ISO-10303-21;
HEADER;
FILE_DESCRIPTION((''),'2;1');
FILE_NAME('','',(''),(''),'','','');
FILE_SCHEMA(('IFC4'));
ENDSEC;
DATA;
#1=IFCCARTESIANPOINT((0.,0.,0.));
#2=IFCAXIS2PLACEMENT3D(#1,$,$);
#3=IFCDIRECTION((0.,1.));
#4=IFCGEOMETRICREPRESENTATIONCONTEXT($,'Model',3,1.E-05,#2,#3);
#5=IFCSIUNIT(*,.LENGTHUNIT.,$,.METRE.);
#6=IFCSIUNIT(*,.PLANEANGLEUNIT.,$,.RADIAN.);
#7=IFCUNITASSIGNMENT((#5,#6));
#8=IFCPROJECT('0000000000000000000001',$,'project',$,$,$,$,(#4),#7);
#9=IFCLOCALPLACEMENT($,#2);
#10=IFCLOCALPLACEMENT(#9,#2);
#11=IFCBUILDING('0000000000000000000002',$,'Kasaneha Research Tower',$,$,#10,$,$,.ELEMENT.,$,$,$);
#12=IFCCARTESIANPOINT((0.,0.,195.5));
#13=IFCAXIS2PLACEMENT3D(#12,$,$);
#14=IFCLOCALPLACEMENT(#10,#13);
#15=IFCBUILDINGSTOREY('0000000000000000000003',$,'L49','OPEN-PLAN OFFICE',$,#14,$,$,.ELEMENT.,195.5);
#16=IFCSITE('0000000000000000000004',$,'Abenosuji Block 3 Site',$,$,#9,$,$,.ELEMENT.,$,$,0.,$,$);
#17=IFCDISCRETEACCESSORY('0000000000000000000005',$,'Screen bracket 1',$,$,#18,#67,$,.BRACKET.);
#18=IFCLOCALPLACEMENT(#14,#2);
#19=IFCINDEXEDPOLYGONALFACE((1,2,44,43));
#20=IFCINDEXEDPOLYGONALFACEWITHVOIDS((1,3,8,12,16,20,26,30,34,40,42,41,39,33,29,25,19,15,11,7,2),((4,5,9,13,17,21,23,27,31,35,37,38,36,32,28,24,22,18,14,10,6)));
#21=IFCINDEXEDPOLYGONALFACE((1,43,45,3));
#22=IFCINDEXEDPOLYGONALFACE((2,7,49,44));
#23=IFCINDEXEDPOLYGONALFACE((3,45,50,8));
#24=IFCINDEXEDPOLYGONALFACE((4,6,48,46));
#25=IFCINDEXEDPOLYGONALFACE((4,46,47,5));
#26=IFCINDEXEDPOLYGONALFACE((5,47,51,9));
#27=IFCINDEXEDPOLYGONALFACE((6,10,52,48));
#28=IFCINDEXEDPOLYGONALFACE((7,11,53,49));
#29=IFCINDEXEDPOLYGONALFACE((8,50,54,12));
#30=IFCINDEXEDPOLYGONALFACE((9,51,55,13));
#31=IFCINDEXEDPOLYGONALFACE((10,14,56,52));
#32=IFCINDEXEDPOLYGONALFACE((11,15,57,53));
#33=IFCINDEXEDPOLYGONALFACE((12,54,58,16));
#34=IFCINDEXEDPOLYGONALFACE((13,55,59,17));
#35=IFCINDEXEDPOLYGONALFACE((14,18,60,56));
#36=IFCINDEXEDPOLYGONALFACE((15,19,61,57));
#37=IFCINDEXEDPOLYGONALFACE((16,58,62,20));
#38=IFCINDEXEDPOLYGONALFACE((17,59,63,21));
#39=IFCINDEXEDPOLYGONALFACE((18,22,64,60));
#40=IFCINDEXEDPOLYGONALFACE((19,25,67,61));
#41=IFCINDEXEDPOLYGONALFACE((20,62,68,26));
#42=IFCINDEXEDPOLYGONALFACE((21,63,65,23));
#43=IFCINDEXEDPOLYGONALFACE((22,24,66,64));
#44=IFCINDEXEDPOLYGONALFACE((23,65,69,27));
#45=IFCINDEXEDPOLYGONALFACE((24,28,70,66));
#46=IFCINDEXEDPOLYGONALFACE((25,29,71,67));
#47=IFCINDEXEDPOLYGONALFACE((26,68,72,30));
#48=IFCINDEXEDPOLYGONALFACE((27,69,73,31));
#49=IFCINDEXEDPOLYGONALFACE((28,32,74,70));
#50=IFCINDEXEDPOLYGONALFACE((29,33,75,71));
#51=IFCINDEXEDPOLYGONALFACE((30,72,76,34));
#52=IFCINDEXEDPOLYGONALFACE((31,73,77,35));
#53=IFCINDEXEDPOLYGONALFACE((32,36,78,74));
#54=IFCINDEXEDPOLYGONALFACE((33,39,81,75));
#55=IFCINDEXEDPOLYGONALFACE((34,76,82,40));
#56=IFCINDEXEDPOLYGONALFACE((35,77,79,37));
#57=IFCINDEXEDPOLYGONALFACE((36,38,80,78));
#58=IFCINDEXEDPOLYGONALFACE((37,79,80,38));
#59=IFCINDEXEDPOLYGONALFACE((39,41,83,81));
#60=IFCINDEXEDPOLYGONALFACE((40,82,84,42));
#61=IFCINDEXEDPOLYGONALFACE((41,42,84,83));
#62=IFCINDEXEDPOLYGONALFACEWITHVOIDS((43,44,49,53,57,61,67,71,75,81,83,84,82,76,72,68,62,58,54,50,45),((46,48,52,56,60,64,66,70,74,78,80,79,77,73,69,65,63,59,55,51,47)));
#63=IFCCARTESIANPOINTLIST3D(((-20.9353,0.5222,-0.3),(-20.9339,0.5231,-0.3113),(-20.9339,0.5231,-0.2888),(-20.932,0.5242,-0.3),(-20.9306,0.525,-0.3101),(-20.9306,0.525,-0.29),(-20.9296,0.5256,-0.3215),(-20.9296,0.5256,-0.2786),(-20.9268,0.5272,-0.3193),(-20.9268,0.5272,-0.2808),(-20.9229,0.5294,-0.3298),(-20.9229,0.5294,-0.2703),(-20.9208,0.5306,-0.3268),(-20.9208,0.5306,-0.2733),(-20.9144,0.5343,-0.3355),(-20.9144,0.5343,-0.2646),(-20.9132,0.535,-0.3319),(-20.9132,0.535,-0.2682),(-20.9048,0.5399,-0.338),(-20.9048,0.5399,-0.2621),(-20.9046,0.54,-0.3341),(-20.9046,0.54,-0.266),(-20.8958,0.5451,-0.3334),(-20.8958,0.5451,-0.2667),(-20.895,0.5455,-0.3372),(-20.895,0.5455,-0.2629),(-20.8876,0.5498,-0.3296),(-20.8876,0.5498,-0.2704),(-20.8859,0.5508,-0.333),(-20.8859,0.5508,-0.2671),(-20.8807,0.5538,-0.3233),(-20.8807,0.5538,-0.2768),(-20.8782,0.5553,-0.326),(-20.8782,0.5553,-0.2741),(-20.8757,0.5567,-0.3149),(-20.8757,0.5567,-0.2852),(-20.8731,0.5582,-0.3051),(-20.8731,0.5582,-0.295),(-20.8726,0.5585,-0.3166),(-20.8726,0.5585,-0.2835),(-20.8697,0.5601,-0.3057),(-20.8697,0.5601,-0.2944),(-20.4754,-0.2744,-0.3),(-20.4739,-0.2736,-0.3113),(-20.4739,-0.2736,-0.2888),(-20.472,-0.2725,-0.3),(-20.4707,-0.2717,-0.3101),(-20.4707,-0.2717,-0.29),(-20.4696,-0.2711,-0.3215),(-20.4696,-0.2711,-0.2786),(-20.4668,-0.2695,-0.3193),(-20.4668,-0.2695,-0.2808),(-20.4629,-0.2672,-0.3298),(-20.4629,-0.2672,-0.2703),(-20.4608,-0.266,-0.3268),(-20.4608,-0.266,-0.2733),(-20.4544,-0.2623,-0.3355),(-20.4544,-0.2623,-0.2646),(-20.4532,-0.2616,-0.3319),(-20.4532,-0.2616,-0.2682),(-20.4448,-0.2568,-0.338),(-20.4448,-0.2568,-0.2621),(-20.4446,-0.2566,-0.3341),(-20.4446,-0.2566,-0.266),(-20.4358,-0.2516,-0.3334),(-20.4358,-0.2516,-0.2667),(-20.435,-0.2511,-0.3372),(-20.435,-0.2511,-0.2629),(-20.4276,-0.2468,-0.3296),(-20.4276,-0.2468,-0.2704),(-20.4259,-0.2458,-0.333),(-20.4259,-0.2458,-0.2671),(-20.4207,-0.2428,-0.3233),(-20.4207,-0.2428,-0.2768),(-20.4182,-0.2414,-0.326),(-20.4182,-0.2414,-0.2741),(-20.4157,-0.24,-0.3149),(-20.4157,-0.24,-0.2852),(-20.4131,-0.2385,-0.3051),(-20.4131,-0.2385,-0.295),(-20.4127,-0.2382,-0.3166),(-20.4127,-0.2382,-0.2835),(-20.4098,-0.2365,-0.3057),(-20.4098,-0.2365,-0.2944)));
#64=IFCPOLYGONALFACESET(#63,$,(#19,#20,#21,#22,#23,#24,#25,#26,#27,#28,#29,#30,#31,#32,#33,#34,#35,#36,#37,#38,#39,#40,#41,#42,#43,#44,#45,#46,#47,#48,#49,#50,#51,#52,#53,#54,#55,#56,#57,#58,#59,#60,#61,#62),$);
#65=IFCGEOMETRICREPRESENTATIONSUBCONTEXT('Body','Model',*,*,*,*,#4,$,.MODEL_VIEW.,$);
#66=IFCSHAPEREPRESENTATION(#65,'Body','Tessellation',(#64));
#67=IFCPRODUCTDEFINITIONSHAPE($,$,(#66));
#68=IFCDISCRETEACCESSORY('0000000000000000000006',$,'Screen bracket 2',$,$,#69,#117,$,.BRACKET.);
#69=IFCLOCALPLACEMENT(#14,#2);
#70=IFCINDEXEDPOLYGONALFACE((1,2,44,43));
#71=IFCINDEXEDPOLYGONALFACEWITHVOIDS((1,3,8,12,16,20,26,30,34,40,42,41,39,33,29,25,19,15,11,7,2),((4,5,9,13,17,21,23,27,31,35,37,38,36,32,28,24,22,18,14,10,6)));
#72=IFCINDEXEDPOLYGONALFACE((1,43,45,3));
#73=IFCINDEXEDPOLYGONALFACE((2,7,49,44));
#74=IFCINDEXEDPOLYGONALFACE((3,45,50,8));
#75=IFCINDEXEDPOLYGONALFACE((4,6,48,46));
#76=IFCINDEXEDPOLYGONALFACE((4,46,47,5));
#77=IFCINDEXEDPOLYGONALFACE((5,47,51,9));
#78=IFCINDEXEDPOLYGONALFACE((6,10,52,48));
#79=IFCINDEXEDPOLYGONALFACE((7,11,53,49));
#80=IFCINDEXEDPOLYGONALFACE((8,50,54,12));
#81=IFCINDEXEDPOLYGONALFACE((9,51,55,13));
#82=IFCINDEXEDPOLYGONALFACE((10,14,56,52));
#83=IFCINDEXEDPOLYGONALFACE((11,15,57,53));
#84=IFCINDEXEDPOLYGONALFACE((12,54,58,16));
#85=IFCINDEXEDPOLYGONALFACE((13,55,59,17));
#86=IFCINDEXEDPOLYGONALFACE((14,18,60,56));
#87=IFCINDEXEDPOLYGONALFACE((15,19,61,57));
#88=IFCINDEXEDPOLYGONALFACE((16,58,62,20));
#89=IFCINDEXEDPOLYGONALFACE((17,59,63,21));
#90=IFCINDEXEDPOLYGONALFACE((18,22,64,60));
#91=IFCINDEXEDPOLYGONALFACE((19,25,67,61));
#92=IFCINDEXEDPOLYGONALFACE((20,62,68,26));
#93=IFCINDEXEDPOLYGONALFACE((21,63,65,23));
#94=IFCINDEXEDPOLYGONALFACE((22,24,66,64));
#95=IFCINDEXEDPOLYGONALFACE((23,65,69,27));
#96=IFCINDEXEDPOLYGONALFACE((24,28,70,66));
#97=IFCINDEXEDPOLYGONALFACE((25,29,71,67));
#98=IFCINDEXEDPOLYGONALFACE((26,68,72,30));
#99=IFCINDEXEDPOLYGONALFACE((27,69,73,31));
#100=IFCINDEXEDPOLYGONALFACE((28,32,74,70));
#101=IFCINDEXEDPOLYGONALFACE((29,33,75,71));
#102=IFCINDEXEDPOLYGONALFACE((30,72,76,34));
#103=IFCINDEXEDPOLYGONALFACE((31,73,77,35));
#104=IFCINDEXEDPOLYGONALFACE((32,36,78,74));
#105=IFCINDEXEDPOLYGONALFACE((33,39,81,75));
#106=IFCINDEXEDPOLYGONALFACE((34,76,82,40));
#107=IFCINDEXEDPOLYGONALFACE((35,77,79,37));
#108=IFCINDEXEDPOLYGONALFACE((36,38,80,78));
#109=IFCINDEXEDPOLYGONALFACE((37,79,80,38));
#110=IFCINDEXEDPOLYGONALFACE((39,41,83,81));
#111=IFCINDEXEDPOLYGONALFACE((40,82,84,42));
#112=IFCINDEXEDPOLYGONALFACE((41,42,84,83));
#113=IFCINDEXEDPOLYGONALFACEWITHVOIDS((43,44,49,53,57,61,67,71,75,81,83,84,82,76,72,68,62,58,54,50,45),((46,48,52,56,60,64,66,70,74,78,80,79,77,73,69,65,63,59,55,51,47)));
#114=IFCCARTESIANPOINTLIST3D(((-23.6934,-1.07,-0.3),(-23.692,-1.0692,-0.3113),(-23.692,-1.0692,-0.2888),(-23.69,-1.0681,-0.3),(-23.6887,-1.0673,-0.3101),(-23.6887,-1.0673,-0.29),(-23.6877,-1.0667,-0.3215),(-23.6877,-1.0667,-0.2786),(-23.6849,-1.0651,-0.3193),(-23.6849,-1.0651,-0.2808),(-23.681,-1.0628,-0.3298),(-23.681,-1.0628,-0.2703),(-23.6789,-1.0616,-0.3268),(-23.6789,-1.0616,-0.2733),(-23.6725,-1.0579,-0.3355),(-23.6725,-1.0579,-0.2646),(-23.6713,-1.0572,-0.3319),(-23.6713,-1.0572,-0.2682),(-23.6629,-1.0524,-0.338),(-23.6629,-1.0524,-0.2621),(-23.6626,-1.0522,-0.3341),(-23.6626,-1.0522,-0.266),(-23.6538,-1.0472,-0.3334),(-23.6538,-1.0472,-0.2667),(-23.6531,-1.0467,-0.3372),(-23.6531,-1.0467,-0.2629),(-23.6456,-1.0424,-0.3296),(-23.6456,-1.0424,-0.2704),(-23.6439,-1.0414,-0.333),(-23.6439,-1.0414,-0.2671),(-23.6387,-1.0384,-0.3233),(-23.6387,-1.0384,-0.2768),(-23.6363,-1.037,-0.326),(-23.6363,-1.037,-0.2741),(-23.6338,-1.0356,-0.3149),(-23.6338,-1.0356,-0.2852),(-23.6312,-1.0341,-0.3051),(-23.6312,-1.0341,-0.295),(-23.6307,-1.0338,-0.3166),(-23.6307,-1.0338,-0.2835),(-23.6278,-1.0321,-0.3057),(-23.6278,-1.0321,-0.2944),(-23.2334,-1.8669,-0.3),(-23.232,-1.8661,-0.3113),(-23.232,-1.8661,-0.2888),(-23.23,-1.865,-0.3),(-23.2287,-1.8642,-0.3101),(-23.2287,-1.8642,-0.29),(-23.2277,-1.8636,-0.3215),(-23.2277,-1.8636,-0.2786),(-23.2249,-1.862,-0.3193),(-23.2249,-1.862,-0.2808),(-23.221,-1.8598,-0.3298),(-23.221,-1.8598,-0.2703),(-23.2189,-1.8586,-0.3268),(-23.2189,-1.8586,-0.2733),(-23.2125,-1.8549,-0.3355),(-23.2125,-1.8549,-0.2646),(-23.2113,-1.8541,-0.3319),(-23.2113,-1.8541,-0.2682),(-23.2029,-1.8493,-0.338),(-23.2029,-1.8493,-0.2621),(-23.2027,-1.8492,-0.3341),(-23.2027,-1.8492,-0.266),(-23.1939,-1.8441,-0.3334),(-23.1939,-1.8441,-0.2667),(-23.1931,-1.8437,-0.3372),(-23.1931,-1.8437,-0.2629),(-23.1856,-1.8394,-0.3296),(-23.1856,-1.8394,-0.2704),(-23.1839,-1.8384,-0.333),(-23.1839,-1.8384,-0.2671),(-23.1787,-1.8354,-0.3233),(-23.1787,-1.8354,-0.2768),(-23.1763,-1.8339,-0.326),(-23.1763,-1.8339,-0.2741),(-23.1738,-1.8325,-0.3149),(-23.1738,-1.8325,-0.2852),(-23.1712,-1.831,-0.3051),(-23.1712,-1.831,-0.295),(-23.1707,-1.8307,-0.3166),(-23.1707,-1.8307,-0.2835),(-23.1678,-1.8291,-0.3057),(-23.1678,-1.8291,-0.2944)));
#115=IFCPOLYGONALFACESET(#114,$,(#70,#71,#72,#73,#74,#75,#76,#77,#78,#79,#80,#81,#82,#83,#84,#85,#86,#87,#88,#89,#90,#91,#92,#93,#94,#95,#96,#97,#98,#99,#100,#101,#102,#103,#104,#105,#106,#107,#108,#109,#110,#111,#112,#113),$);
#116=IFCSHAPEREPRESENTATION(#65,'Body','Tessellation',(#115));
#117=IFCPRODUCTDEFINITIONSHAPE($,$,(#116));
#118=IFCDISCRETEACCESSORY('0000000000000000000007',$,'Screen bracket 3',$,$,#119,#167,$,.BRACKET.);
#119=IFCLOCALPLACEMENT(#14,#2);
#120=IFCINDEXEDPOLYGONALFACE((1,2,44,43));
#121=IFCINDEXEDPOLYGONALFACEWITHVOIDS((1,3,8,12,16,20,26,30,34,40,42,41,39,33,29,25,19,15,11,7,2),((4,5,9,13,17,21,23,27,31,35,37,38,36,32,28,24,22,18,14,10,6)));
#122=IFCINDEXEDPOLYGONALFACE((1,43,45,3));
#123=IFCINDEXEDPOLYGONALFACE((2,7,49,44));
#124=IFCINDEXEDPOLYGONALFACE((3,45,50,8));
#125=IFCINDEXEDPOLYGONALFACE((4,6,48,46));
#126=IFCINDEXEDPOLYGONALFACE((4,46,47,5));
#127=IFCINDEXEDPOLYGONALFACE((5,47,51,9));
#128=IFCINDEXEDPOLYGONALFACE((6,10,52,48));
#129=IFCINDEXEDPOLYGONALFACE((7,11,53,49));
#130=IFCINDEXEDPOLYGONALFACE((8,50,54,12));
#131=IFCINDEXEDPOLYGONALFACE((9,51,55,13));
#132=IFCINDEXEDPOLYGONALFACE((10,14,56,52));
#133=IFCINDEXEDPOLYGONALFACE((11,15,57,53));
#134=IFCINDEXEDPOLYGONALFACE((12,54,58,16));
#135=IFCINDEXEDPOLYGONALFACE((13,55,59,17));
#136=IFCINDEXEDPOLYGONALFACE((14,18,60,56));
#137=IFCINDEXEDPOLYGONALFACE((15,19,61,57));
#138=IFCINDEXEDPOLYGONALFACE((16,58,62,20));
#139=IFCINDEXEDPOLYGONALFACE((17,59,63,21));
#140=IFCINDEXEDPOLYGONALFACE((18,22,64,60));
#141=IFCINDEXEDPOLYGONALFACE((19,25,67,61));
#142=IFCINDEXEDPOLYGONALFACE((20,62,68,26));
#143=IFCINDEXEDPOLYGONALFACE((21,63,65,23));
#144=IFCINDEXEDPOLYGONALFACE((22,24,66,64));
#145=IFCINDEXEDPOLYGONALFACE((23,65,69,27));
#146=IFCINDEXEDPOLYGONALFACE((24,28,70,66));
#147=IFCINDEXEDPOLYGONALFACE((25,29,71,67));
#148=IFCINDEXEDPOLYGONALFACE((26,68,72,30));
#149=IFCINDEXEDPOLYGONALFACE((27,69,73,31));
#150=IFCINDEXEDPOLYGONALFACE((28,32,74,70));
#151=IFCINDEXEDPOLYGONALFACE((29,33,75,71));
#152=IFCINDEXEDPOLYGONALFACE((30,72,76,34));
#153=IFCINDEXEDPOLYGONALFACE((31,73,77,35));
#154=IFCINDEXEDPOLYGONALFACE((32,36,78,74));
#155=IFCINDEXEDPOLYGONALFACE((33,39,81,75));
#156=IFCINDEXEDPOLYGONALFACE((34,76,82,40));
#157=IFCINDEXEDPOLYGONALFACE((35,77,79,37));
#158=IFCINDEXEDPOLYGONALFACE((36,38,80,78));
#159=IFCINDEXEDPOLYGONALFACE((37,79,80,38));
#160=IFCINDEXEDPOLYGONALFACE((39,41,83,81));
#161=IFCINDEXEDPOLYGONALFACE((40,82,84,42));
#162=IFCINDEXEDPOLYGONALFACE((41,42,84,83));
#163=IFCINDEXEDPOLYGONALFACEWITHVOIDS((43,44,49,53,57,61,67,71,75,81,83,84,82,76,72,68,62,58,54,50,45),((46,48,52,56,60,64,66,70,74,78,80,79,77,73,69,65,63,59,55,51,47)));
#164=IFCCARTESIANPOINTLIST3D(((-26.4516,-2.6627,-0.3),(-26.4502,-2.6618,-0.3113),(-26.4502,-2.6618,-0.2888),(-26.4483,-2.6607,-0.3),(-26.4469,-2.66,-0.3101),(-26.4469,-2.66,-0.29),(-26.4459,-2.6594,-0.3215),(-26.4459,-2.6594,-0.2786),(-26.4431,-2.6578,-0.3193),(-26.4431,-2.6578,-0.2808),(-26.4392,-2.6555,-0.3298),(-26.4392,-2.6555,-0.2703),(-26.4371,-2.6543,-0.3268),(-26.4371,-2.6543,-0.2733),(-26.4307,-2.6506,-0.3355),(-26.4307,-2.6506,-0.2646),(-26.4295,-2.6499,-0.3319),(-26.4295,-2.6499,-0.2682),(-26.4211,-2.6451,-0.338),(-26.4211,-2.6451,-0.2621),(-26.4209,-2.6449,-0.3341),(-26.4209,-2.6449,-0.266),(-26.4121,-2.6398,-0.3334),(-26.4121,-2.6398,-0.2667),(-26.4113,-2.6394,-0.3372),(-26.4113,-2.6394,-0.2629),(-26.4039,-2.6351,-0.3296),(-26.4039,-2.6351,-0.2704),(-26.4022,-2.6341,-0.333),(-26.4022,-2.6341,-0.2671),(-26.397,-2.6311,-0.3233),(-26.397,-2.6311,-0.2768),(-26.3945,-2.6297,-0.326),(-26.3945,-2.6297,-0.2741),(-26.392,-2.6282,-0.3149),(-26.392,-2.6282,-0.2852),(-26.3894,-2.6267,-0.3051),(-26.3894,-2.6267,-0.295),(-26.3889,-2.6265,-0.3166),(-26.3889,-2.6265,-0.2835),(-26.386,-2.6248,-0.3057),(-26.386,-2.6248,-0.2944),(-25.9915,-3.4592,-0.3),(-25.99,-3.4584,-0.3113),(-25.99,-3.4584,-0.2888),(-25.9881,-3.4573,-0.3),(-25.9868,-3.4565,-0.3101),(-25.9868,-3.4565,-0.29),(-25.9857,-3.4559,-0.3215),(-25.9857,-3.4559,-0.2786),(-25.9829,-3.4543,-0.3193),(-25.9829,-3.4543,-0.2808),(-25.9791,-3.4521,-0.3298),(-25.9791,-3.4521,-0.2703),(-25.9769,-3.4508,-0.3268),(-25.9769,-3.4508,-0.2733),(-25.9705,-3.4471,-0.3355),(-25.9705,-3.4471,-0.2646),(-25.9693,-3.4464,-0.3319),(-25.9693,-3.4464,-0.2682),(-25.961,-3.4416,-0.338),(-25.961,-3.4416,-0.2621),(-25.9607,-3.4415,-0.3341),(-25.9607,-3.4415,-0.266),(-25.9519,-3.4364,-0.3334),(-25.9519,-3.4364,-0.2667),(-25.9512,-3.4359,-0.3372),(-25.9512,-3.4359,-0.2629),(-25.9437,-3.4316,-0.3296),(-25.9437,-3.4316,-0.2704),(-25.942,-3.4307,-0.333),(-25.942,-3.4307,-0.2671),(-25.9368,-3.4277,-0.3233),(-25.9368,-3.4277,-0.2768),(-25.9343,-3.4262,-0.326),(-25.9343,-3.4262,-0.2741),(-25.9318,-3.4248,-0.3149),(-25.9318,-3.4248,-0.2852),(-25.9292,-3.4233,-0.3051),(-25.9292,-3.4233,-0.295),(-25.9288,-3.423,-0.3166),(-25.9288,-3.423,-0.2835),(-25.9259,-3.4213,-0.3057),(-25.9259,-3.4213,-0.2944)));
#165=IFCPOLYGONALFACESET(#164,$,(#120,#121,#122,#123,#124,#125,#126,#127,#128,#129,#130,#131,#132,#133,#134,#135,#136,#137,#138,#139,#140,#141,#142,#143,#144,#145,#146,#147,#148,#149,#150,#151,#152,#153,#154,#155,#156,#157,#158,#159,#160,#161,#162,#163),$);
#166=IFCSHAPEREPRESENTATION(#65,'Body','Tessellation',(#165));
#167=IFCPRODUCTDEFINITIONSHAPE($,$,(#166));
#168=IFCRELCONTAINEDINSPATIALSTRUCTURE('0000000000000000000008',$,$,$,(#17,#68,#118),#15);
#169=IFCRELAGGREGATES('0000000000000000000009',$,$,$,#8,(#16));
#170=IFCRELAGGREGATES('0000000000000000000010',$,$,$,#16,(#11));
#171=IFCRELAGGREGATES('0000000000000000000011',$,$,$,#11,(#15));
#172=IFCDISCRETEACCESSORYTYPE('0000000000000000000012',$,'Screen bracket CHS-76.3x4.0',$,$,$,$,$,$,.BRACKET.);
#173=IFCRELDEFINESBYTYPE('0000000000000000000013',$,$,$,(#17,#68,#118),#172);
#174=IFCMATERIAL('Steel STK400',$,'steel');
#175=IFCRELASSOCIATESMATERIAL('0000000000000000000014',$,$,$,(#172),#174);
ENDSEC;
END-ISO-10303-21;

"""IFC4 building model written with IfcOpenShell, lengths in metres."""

from ifc_helpers import new_model, si_unit, direction, frame, origin, origin_2d, place, context, subcontext, project, spatial, hollow_circle, extrude, material, material_profile, profile_set, type_object, element, save


model = new_model("IFC4")

# Units and contexts
model_context = context("Model", 3, precision=1e-05, world=origin(), true_north=direction((0.0, 1.0)))
body_context = subcontext(model_context, "Body", "Model", "MODEL_VIEW")
ifc_project = project(units=[si_unit("LENGTHUNIT", "METRE"), si_unit("PLANEANGLEUNIT", "RADIAN")], contexts=[model_context])

# Site, building, storey
site_placement = place(None, origin())
site = spatial("IfcSite", under=ifc_project, at=site_placement, Name="Abenosuji Block 3 Site", CompositionType="ELEMENT", RefElevation=0.0)
building_placement = place(site_placement, origin())
building = spatial("IfcBuilding", under=site, at=building_placement, Name="Kasaneha Research Tower", CompositionType="ELEMENT")
storey_placement = place(building_placement, frame((0.0, 0.0, 195.5)))
storey = spatial("IfcBuildingStorey", under=building, at=storey_placement, Name="L49", Description="OPEN-PLAN OFFICE", CompositionType="ELEMENT", Elevation=195.5)

# Discrete accessories
ifc_material_1 = material(Name="Steel STK400", Category="steel")
ifc_material_profile_1 = material_profile(ifc_material_1, hollow_circle(Radius=0.0381, WallThickness=0.0039, at=origin_2d()), Name="CHS-76.3x4.0")
ifc_profile_set_1 = profile_set([ifc_material_profile_1], Name="Steel STK400")
discrete_accessory_type = type_object("IfcDiscreteAccessoryType", Name="Screen bracket CHS-76.3x4.0", PredefinedType="BRACKET", material=ifc_profile_set_1)
for number, where, z_axis, x_axis, name in (
    (1, (-20.4424, -0.2554, -0.3), (-0.500021, 0.866013, 0.0), (-0.866013, -0.500021, 0.0), "Screen bracket 1"),
):
    element("IfcDiscreteAccessory", number, at=place(storey_placement, frame(where, z_axis=z_axis, x_axis=x_axis)), inside=storey, type_object=discrete_accessory_type, Name=name, PredefinedType="BRACKET", context=body_context, shape_type="SweptSolid", body=[
        extrude(hollow_circle(Radius=0.0381, WallThickness=0.0039, at=origin_2d()), origin(), (0.0, 0.0, 1.0), 0.9199),
    ])
discrete_accessory_1_placement = place(storey_placement, frame((-23.2004, -1.8479, -0.3), z_axis=(-0.499906, 0.86608, 0.0), x_axis=(-0.86608, -0.499906, 0.0)))
element("IfcDiscreteAccessory", 2, at=discrete_accessory_1_placement, inside=storey, type_object=discrete_accessory_type, Name="Screen bracket 2", PredefinedType="BRACKET", context=body_context, shape_type="SweptSolid", body=[
    extrude(hollow_circle(Radius=0.0381, WallThickness=0.0039, at=origin_2d()), origin(), (0.0, 0.0, 1.0), 0.9202),
])
discrete_accessory_2_placement = place(storey_placement, frame((-25.9585, -3.4402, -0.3), z_axis=(-0.50022, 0.865898, 0.0), x_axis=(-0.865898, -0.50022, 0.0)))
element("IfcDiscreteAccessory", 3, at=discrete_accessory_2_placement, inside=storey, type_object=discrete_accessory_type, Name="Screen bracket 3", PredefinedType="BRACKET", context=body_context, shape_type="SweptSolid", body=[
    extrude(hollow_circle(Radius=0.0381, WallThickness=0.0039, at=origin_2d()), origin(), (0.0, 0.0, 1.0), 0.9199),
])

save(model, "model.ifc")
